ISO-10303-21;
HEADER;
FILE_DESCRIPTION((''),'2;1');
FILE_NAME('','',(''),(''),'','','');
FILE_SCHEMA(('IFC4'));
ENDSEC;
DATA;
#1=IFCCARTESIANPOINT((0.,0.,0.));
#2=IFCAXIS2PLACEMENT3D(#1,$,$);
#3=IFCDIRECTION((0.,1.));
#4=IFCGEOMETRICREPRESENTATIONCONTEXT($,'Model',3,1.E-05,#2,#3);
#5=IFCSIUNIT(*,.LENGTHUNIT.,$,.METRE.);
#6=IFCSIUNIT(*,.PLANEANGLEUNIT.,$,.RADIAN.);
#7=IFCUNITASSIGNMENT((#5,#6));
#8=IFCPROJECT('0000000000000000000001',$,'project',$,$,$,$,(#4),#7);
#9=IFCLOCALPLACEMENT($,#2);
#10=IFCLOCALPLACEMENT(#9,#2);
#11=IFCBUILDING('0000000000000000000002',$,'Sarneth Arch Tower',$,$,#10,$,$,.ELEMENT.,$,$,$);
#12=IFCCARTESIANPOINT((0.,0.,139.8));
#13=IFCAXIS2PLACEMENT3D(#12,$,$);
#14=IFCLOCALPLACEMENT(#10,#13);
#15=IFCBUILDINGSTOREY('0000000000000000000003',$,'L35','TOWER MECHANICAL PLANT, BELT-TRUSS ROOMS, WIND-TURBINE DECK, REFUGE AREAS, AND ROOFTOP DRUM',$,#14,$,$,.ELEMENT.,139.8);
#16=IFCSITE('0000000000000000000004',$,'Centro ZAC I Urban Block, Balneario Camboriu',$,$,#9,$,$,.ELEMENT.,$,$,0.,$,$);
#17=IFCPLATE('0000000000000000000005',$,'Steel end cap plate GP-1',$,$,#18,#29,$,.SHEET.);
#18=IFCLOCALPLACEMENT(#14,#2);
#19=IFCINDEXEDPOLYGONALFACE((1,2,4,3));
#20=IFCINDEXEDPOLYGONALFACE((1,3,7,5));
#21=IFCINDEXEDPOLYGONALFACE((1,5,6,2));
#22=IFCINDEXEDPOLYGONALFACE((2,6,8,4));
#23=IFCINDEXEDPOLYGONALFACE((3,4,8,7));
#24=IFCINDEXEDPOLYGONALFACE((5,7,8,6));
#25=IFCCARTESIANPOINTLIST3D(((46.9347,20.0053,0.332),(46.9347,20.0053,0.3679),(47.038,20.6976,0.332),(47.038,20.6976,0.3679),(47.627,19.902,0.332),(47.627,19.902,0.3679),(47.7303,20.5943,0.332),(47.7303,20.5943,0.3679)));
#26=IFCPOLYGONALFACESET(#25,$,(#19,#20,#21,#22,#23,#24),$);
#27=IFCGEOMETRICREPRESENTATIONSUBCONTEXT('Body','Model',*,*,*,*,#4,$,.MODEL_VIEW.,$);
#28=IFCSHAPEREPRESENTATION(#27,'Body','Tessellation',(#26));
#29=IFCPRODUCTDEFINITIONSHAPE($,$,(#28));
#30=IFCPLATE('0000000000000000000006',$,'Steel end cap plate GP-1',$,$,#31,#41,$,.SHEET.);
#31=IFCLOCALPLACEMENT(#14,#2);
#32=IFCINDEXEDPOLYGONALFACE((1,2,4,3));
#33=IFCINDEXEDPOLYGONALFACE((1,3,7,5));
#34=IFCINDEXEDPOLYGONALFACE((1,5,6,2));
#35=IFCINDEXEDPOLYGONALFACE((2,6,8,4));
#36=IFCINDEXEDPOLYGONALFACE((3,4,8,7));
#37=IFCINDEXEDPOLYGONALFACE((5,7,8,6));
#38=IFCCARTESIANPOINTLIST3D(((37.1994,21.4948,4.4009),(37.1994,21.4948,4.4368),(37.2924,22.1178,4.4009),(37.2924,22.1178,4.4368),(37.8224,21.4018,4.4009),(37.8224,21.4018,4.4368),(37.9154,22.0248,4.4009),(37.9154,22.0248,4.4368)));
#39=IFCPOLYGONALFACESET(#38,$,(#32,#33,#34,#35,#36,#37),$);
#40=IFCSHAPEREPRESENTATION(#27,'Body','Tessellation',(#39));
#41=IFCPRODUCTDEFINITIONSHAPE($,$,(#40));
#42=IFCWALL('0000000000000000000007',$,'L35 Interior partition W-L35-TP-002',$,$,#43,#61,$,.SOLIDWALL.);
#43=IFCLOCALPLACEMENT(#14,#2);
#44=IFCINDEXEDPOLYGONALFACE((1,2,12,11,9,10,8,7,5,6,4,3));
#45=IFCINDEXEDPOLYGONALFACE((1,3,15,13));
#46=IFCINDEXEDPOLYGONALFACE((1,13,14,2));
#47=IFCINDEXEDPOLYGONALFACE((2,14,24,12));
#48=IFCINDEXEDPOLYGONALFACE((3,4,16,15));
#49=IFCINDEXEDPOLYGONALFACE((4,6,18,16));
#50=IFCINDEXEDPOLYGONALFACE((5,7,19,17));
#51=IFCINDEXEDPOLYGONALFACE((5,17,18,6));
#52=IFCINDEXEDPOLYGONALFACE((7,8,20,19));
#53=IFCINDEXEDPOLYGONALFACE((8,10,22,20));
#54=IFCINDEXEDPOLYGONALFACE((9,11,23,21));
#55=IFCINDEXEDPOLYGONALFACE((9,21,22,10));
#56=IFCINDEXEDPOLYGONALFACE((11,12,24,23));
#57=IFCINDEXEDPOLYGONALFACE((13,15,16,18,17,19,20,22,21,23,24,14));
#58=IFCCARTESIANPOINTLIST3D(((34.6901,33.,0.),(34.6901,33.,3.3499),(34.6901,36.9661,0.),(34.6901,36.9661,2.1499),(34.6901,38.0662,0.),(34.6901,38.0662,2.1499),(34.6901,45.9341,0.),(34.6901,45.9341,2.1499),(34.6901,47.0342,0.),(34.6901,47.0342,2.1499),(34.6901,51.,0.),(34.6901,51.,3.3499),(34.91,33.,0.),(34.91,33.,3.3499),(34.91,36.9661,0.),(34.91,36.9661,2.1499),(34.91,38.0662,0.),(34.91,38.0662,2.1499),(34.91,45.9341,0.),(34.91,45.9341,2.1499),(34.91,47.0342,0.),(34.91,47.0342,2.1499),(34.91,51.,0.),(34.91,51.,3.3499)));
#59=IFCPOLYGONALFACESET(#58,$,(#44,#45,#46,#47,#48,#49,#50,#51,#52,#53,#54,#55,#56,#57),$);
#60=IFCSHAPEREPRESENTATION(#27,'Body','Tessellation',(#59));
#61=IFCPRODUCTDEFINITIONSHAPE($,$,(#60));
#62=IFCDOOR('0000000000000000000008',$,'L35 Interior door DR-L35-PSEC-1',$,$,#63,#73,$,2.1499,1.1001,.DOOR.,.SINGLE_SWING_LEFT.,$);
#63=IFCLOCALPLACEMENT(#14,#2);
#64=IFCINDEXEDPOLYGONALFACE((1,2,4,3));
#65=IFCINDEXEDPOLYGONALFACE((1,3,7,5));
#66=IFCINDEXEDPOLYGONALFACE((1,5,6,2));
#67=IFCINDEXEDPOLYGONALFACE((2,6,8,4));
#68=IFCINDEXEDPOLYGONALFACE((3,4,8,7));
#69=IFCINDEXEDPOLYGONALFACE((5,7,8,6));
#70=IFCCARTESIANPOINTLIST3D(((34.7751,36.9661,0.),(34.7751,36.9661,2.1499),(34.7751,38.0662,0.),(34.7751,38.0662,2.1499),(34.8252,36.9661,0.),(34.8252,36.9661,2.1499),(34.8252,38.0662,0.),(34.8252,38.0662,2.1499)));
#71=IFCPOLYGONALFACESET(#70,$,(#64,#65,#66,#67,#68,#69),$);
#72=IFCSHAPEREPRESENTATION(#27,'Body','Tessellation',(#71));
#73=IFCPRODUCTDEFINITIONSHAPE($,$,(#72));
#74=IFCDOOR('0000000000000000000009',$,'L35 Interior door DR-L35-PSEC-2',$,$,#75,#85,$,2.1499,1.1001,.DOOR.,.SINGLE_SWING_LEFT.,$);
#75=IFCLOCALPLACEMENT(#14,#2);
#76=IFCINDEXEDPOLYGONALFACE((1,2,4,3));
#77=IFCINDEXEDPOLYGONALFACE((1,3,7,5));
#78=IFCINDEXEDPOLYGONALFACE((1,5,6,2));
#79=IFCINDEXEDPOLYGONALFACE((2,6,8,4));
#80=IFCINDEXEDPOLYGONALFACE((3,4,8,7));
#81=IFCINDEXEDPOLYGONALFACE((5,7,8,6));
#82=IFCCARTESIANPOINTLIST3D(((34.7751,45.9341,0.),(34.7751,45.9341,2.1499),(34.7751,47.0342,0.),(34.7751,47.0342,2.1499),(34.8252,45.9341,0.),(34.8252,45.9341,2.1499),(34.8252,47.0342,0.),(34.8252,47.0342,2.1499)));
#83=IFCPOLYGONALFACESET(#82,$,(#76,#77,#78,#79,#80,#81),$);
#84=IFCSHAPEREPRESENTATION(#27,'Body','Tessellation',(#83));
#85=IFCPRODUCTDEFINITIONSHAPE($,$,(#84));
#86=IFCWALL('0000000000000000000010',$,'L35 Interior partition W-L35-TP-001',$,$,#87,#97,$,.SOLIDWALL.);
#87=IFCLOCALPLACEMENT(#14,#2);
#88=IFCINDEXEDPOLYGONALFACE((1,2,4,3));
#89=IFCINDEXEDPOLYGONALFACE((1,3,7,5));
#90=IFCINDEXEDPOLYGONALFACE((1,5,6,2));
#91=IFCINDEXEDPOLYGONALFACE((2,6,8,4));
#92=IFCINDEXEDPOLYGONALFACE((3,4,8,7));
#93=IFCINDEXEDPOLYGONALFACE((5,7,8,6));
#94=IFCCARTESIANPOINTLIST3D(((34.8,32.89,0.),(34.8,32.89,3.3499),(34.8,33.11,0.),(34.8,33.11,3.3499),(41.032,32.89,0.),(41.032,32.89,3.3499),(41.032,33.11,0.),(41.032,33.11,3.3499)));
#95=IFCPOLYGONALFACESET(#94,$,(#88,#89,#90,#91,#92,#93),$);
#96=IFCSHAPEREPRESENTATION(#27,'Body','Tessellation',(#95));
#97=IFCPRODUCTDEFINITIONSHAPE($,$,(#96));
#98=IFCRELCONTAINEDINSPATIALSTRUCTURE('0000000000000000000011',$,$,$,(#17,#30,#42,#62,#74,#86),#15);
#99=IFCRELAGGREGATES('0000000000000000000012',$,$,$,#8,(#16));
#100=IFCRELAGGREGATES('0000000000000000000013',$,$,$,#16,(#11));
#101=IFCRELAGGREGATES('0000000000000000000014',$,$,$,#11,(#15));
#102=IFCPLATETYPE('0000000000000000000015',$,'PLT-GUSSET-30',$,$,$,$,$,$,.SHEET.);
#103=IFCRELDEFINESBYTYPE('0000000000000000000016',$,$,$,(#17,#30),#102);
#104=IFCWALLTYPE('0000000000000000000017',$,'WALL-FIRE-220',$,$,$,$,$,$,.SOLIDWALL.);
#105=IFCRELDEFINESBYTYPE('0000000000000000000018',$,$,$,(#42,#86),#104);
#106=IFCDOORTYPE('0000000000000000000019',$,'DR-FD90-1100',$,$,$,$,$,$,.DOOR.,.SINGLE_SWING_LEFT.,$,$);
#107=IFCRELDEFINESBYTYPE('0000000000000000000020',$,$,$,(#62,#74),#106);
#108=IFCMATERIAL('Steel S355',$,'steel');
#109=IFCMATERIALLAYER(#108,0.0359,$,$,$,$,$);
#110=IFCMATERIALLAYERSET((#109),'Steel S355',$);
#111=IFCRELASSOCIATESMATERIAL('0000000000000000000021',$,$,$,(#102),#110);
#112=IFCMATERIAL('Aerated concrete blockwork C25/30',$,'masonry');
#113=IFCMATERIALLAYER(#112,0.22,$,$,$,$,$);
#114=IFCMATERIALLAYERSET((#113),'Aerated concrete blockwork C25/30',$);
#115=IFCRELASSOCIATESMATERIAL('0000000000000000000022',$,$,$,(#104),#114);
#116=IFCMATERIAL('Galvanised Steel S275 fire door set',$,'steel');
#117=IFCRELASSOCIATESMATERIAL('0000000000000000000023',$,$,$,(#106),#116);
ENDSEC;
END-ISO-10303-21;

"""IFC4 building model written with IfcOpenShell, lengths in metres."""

from ifc_helpers import new_model, si_unit, direction, frame, frame_2d, origin, origin_2d, place, context, subcontext, project, spatial, rectangle, extrude, material, layer, layer_set, type_object, element, fill, save


model = new_model("IFC4")

# Units and contexts
model_context = context("Model", 3, precision=1e-05, world=origin(), true_north=direction((0.0, 1.0)))
body_context = subcontext(model_context, "Body", "Model", "MODEL_VIEW")
ifc_project = project(units=[si_unit("LENGTHUNIT", "METRE"), si_unit("PLANEANGLEUNIT", "RADIAN")], contexts=[model_context])

# Site, building, storey
site_placement = place(None, origin())
site = spatial("IfcSite", under=ifc_project, at=site_placement, Name="Centro ZAC I Urban Block, Balneario Camboriu", CompositionType="ELEMENT", RefElevation=0.0)
building_placement = place(site_placement, origin())
building = spatial("IfcBuilding", under=site, at=building_placement, Name="Sarneth Arch Tower", CompositionType="ELEMENT")
storey_placement = place(building_placement, frame((0.0, 0.0, 139.8)))
storey = spatial("IfcBuildingStorey", under=building, at=storey_placement, Name="L35", Description="TOWER MECHANICAL PLANT, BELT-TRUSS ROOMS, WIND-TURBINE DECK, REFUGE AREAS, AND ROOFTOP DRUM", CompositionType="ELEMENT", Elevation=139.8)

# Plates
ifc_material_1 = material(Name="Steel S355", Category="steel")
ifc_layer_1 = layer(ifc_material_1, 0.0359)
ifc_layer_set_1 = layer_set([ifc_layer_1], Name="Steel S355")
plate_type_1 = type_object("IfcPlateType", Name="PLT-GUSSET-30", PredefinedType="SHEET", material=ifc_layer_set_1)
for number, where, z_axis, x_axis, name in (
    (1, (47.3325, 20.2998, 0.332), (0.0, 0.0, 1.0), (0.989042, -0.147637, 0.0), "Steel end cap plate GP-1"),
):
    element("IfcPlate", number, at=place(storey_placement, frame(where, z_axis=z_axis, x_axis=x_axis)), inside=storey, type_object=plate_type_1, Name=name, PredefinedType="SHEET", context=body_context, shape_type="SweptSolid", body=[
        extrude(rectangle(XDim=0.7, YDim=0.7, at=origin_2d()), origin(), (0.0, 0.0, 1.0), 0.0359),
    ])
plate_1_placement = place(storey_placement, frame((37.5574, 21.7598, 4.4009), z_axis=(0.0, 0.0, 1.0), x_axis=(-0.989042, 0.147637, 0.0)))
element("IfcPlate", 2, at=plate_1_placement, inside=storey, type_object=plate_type_1, Name="Steel end cap plate GP-1", PredefinedType="SHEET", context=body_context, shape_type="SweptSolid", body=[
    extrude(rectangle(XDim=0.6299, YDim=0.6299, at=origin_2d()), origin(), (0.0, 0.0, 1.0), 0.0359),
])

# Wall, openings, doors
ifc_material_2 = material(Name="Aerated concrete blockwork C25/30", Category="masonry")
ifc_layer_2 = layer(ifc_material_2, 0.22)
ifc_layer_set_2 = layer_set([ifc_layer_2], Name="Aerated concrete blockwork C25/30")
wall_type = type_object("IfcWallType", Name="WALL-FIRE-220", PredefinedType="SOLIDWALL", material=ifc_layer_set_2)
wall_1_placement = place(storey_placement, frame((34.8, 33.0, 0.0), z_axis=(0.0, 0.0, 1.0), x_axis=(0.0, 1.0, 0.0)))
wall_1 = element("IfcWall", 3, at=wall_1_placement, inside=storey, type_object=wall_type, Name="L35 Interior partition W-L35-TP-002", PredefinedType="SOLIDWALL", context=body_context, shape_type="SweptSolid", body=[
    extrude(rectangle(XDim=18.0, YDim=0.22, at=frame_2d((9.0, 0.0))), origin(), (0.0, 0.0, 1.0), 3.3499),
])
opening_1_placement = place(wall_1_placement, frame((3.9661, 0.0, 0.0)))
opening_1 = element("IfcOpeningElement", 4, at=opening_1_placement, cuts=wall_1, PredefinedType="OPENING", context=body_context, shape_type="SweptSolid", body=[
    extrude(rectangle(XDim=1.1001, YDim=2.1499, at=frame_2d((0.55, 1.075))), frame((0.0, 0.1199, 0.0), z_axis=(0.0, -1.0, 0.0), x_axis=(1.0, 0.0, 0.0)), (0.0, 0.0, 1.0), 0.24),
])
opening_2_placement = place(wall_1_placement, frame((12.9341, 0.0, 0.0)))
opening_2 = element("IfcOpeningElement", 5, at=opening_2_placement, cuts=wall_1, PredefinedType="OPENING", context=body_context, shape_type="SweptSolid", body=[
    extrude(rectangle(XDim=1.1001, YDim=2.1499, at=frame_2d((0.55, 1.075))), frame((0.0, 0.1199, 0.0), z_axis=(0.0, -1.0, 0.0), x_axis=(1.0, 0.0, 0.0)), (0.0, 0.0, 1.0), 0.24),
])
ifc_material_3 = material(Name="Galvanised Steel S275 fire door set", Category="steel")
door_type = type_object("IfcDoorType", Name="DR-FD90-1100", OperationType="SINGLE_SWING_LEFT", PredefinedType="DOOR", material=ifc_material_3)
door_1_placement = place(opening_1_placement, origin())
door_1 = element("IfcDoor", 6, at=door_1_placement, inside=storey, type_object=door_type, Name="L35 Interior door DR-L35-PSEC-1", OperationType="SINGLE_SWING_LEFT", OverallHeight=2.1499, OverallWidth=1.1001, PredefinedType="DOOR", context=body_context, shape_type="SweptSolid", body=[
    extrude(rectangle(XDim=1.1001, YDim=2.1499, at=frame_2d((0.55, 1.075))), frame((0.0, 0.0249, 0.0), z_axis=(0.0, -1.0, 0.0), x_axis=(1.0, 0.0, 0.0)), (0.0, 0.0, 1.0), 0.05),
])
fill(opening_1, door_1)
door_2_placement = place(opening_2_placement, origin())
door_2 = element("IfcDoor", 7, at=door_2_placement, inside=storey, type_object=door_type, Name="L35 Interior door DR-L35-PSEC-2", OperationType="SINGLE_SWING_LEFT", OverallHeight=2.1499, OverallWidth=1.1001, PredefinedType="DOOR", context=body_context, shape_type="SweptSolid", body=[
    extrude(rectangle(XDim=1.1001, YDim=2.1499, at=frame_2d((0.55, 1.075))), frame((0.0, 0.0249, 0.0), z_axis=(0.0, -1.0, 0.0), x_axis=(1.0, 0.0, 0.0)), (0.0, 0.0, 1.0), 0.05),
])
fill(opening_2, door_2)

# Wall
wall_2_placement = place(storey_placement, frame((41.032, 33.0, 0.0), z_axis=(0.0, 0.0, 1.0), x_axis=(-1.0, 0.0, 0.0)))
element("IfcWall", 8, at=wall_2_placement, inside=storey, type_object=wall_type, Name="L35 Interior partition W-L35-TP-001", PredefinedType="SOLIDWALL", context=body_context, shape_type="SweptSolid", body=[
    extrude(rectangle(XDim=6.2319, YDim=0.22, at=frame_2d((3.116, 0.0))), origin(), (0.0, 0.0, 1.0), 3.3499),
])

save(model, "model.ifc")
